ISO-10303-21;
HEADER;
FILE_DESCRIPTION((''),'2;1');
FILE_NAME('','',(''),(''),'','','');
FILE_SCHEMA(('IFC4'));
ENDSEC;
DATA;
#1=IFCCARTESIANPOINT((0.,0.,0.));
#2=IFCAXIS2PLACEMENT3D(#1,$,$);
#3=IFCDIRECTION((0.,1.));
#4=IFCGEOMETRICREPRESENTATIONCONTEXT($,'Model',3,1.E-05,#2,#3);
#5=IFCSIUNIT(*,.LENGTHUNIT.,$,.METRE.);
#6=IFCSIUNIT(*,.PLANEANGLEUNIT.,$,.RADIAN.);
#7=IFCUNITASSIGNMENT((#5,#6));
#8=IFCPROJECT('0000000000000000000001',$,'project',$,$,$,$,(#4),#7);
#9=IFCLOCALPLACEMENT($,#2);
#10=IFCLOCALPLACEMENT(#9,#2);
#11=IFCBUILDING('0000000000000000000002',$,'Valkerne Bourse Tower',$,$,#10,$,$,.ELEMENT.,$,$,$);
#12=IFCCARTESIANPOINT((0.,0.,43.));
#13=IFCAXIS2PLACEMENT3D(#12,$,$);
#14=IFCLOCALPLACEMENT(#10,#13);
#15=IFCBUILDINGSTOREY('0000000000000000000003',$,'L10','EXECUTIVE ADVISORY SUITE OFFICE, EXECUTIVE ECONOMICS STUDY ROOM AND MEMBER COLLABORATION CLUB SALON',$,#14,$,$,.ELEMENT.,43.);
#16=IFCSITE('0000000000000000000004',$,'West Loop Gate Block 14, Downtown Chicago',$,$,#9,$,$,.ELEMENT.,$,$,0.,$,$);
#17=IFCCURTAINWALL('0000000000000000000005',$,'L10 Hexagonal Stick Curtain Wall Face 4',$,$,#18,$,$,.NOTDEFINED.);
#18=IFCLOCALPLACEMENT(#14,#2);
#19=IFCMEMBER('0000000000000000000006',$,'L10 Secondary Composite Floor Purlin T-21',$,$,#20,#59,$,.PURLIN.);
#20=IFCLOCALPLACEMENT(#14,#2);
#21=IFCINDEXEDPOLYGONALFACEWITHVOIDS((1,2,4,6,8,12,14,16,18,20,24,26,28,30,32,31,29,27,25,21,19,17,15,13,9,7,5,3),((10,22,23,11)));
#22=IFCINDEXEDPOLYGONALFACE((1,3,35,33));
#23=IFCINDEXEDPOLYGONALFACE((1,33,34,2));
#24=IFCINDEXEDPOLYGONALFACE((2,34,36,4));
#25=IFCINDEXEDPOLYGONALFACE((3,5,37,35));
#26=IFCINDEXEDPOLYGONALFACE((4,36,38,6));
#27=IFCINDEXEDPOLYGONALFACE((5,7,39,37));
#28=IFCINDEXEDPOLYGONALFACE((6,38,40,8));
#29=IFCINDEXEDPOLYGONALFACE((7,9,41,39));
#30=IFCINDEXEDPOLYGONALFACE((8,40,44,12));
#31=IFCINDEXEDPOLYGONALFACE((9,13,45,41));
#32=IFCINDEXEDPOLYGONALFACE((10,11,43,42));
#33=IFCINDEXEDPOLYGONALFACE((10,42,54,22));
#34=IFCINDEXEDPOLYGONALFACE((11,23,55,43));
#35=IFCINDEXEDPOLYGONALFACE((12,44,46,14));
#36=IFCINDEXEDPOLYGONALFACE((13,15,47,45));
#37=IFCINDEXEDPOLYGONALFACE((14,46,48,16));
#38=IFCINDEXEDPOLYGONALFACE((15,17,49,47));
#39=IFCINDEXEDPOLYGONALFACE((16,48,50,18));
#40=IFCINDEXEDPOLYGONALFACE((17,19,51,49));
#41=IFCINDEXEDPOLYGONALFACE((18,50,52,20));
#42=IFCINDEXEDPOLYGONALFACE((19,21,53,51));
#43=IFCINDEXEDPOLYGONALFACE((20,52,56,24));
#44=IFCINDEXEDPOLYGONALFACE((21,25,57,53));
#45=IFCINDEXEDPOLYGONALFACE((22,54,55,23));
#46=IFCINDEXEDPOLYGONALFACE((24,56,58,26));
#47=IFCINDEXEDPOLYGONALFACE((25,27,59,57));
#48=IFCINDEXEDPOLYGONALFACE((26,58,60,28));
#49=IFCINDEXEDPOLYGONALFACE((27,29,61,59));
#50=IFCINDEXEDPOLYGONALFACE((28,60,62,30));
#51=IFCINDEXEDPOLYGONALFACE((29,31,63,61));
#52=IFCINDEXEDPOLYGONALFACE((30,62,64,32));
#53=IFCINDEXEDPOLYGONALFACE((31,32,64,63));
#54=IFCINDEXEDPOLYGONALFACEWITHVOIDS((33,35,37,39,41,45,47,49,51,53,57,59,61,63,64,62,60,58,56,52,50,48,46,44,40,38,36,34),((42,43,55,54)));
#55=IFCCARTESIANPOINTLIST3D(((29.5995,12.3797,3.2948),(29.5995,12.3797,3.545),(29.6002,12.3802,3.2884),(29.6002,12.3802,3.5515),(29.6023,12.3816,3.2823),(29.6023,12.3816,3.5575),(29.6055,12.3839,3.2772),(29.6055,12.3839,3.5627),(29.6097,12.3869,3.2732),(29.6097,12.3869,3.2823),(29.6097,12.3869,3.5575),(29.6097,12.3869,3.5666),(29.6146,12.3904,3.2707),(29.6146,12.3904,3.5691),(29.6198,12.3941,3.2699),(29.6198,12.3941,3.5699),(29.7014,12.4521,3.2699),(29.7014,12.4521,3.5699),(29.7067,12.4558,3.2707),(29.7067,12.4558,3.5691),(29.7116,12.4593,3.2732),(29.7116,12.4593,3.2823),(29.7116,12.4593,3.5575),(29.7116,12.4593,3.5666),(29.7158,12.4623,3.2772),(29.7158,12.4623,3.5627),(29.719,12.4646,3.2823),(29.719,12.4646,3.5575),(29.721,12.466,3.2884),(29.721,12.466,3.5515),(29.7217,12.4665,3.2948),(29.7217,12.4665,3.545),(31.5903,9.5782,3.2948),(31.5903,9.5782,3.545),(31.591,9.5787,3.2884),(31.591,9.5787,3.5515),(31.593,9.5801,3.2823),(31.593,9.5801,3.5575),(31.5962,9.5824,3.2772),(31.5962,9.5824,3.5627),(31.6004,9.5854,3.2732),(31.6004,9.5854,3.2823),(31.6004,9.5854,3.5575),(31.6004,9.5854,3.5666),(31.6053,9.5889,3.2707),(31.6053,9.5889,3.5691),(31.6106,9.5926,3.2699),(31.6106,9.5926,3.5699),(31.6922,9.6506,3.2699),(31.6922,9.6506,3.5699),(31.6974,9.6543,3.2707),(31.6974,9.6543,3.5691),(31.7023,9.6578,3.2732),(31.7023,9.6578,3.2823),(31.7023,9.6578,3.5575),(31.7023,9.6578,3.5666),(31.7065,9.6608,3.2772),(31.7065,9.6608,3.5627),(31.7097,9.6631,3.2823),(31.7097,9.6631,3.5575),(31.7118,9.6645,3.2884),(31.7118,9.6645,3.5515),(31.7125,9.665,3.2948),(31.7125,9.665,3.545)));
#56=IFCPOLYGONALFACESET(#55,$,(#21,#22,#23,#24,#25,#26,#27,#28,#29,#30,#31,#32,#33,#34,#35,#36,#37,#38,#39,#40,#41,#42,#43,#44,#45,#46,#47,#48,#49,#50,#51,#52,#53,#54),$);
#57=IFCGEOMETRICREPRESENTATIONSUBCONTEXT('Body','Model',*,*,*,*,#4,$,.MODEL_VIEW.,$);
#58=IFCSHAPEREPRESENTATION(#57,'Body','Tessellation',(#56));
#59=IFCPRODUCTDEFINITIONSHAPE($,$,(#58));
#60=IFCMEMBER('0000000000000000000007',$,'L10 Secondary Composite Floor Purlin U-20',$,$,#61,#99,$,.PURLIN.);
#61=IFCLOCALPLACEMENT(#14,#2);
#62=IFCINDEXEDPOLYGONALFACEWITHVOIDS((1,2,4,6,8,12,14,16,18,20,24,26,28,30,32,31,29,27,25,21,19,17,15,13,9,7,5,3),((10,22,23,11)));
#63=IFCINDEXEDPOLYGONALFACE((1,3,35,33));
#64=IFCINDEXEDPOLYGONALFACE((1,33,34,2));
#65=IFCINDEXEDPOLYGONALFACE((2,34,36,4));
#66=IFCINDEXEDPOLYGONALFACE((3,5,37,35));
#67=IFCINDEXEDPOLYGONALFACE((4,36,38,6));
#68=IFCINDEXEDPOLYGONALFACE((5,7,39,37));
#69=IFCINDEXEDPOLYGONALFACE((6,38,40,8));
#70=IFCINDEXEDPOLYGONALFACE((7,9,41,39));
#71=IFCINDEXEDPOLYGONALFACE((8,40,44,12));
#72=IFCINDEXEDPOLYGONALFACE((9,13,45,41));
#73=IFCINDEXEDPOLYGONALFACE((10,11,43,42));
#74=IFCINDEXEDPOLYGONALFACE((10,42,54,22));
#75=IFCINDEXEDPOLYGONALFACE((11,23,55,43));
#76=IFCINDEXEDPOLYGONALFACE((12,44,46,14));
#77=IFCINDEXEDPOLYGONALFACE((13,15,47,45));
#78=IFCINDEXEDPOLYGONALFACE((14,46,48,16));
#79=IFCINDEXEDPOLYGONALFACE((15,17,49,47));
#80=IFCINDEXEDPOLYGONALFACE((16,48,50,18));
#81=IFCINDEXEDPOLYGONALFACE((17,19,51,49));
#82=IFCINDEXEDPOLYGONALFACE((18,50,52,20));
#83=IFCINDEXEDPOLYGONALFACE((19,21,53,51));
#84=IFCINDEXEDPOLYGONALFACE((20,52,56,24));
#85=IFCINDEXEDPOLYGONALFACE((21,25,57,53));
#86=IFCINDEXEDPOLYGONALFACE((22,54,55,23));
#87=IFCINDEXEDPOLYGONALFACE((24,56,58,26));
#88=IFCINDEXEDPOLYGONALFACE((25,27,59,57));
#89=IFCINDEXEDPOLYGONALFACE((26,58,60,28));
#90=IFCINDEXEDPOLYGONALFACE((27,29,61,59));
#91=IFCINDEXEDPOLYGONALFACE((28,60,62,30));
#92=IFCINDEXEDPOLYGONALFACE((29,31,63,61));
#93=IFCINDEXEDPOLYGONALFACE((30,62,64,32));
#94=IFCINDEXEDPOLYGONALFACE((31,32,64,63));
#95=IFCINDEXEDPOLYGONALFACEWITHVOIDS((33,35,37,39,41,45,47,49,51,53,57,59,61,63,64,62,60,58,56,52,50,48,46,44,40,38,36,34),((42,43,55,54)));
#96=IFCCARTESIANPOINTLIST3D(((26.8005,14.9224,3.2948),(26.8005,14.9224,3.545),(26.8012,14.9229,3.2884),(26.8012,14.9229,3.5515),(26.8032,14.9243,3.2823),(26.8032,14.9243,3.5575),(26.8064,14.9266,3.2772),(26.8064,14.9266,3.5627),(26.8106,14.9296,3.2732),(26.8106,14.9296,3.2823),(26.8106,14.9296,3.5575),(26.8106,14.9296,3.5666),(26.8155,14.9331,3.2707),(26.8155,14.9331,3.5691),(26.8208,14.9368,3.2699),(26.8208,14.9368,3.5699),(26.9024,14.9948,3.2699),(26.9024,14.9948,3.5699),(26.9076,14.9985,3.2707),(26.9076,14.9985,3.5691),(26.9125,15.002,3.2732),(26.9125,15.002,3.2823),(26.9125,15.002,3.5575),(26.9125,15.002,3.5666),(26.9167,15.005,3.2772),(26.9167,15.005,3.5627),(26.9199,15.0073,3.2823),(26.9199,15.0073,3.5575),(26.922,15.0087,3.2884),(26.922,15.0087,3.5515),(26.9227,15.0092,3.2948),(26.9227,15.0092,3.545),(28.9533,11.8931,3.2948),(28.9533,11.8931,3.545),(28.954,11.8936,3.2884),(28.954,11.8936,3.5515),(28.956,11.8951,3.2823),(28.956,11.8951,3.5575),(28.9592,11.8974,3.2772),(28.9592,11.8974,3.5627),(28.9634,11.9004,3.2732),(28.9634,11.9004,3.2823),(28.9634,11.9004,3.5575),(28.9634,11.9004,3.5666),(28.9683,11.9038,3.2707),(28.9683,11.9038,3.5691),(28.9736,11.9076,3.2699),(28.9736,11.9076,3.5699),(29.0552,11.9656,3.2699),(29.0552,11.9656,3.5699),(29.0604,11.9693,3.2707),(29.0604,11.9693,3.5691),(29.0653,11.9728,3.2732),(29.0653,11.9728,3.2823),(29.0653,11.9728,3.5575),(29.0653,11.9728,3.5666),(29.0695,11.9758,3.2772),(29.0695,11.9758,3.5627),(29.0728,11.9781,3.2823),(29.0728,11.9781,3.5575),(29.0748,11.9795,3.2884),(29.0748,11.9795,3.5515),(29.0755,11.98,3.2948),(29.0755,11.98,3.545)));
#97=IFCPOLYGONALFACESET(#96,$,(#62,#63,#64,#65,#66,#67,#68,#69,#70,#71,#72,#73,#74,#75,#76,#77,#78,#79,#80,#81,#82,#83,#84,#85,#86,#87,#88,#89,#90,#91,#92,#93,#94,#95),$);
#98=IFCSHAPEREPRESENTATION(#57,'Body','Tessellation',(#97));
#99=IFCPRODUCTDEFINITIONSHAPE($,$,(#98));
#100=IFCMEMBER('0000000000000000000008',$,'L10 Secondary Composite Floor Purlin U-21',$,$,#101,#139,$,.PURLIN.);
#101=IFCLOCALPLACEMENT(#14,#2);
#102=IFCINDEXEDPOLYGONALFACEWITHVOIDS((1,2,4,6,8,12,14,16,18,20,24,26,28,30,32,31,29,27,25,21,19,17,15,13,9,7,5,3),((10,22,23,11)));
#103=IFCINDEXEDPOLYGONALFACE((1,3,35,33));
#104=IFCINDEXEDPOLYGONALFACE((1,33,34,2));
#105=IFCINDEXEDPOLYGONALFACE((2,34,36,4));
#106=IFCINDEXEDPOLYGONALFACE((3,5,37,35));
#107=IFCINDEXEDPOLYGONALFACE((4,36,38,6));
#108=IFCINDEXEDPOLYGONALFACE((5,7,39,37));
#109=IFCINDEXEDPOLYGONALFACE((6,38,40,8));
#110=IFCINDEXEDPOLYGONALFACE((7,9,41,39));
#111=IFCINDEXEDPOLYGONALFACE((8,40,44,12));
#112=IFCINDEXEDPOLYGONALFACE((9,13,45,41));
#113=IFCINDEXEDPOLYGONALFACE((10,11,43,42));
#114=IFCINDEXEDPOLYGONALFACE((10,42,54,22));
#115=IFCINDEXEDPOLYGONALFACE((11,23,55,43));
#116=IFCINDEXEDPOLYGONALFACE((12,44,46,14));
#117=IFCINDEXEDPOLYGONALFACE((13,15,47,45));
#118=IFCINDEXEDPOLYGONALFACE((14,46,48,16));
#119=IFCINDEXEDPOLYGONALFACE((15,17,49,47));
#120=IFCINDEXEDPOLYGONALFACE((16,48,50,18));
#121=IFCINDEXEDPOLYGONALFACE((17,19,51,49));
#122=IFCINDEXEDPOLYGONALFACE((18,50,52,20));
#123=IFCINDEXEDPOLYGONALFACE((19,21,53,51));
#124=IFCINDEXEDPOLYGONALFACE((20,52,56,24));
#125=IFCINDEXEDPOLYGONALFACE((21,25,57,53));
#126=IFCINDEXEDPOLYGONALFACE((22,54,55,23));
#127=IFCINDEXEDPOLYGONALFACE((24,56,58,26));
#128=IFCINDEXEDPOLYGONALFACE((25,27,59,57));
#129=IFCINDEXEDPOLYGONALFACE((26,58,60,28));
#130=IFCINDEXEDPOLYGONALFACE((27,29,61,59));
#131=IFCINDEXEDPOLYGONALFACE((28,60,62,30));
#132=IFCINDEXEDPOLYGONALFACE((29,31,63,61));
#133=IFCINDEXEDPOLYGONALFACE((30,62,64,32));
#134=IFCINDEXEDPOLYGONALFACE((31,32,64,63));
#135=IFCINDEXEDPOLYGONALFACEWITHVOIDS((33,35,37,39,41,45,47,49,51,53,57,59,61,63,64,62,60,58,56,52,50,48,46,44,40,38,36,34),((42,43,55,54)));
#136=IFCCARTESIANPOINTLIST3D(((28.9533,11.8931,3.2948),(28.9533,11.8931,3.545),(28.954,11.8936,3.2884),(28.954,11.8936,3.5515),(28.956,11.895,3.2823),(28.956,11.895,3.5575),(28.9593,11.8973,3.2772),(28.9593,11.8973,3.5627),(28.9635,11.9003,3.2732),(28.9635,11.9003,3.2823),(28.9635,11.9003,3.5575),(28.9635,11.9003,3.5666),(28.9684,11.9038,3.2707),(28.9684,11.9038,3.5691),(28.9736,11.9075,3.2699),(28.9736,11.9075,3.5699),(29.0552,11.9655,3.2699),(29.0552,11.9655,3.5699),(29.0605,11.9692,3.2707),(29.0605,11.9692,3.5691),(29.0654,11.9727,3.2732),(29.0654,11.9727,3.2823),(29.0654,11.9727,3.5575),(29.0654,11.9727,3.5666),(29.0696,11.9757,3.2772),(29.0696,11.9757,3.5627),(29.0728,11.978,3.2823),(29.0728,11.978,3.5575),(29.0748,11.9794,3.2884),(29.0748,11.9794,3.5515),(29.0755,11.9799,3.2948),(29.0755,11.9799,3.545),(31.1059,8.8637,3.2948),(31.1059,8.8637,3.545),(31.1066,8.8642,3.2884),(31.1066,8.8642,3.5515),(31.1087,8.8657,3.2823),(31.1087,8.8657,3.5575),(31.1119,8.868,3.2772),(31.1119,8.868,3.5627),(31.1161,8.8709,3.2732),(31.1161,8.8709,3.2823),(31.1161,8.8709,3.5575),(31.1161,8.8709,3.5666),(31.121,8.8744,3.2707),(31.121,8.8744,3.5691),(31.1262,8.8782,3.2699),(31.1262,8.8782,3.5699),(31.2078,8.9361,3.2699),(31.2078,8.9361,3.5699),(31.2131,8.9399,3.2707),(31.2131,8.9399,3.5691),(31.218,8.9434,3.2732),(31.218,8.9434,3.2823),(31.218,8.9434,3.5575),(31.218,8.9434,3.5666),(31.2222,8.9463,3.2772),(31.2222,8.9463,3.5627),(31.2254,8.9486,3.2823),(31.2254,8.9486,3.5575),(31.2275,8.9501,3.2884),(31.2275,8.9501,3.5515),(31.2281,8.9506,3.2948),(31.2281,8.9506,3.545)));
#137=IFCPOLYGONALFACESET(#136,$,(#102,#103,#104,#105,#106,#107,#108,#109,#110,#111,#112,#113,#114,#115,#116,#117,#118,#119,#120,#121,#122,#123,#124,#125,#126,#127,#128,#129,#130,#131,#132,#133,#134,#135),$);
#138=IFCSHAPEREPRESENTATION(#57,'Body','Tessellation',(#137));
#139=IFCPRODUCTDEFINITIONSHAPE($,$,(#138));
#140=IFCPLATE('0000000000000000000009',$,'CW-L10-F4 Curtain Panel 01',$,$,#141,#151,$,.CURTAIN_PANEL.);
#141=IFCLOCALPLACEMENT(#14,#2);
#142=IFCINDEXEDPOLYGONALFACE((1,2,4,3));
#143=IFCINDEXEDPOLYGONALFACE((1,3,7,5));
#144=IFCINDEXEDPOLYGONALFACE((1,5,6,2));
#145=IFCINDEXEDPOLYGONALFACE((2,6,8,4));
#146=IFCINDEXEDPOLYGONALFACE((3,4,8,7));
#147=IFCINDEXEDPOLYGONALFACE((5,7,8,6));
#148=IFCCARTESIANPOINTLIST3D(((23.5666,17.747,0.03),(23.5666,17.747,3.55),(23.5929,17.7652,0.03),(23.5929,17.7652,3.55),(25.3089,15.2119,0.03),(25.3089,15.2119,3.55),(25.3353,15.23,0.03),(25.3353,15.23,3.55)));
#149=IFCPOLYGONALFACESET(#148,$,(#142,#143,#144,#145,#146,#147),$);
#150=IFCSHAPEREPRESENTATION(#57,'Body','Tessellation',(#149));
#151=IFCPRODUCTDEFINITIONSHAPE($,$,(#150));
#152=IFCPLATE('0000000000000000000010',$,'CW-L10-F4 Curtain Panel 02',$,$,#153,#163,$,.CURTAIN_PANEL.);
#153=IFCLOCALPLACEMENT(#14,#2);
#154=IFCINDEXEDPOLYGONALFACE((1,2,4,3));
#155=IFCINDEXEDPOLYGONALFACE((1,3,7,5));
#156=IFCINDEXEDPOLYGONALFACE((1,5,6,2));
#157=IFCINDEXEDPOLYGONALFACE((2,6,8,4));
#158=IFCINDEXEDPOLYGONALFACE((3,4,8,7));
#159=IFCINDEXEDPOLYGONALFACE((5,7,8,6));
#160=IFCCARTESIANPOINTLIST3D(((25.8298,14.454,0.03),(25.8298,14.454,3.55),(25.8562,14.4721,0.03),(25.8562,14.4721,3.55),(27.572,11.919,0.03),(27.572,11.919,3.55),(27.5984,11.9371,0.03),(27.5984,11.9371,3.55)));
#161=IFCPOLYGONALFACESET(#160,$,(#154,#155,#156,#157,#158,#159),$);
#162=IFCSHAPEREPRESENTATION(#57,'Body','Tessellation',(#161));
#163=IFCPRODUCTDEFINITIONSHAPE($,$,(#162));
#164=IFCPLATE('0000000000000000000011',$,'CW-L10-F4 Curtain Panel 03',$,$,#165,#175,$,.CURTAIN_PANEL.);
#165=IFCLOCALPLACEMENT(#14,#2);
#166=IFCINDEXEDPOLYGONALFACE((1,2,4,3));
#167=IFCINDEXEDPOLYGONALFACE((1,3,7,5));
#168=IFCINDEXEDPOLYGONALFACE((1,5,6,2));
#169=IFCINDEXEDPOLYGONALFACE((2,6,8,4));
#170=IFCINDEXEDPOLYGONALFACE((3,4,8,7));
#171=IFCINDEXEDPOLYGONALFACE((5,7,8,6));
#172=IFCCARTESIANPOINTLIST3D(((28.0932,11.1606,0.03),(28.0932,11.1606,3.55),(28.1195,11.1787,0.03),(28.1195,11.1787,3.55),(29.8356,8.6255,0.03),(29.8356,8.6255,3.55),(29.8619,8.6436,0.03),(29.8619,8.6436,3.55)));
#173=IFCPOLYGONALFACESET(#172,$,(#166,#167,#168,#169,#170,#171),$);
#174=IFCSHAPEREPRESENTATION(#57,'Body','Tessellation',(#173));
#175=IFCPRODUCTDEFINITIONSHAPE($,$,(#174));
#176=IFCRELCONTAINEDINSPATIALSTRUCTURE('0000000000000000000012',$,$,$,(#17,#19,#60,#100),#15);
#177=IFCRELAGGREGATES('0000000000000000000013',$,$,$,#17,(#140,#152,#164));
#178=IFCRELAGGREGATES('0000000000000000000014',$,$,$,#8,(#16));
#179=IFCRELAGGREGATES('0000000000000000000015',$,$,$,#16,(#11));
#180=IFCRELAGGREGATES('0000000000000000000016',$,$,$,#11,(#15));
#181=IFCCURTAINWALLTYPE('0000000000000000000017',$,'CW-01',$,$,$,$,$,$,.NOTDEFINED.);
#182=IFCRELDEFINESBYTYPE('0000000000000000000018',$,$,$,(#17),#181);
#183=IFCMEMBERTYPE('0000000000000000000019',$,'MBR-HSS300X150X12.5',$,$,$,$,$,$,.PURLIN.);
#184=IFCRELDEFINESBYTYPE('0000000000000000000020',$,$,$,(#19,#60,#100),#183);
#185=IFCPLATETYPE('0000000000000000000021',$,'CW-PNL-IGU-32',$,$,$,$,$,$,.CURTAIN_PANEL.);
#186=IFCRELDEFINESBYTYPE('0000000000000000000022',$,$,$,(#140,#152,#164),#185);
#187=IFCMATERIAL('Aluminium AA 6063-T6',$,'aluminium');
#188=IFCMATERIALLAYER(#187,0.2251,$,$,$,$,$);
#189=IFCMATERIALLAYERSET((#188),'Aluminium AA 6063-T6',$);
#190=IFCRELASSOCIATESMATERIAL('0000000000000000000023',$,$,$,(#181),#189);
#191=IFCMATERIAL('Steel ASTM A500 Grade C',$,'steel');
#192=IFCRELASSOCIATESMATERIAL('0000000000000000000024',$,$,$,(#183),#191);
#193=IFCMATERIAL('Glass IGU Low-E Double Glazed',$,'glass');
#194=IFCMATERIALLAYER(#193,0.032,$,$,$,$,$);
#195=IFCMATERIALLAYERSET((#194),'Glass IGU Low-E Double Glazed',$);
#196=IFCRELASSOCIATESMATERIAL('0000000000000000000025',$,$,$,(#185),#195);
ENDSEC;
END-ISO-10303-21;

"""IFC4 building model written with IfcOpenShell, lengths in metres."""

from ifc_helpers import new_model, si_unit, direction, frame, origin, origin_2d, place, context, subcontext, project, spatial, rectangle, hollow_rectangle, extrude, material, layer, layer_set, material_profile, profile_set, type_object, element, aggregate, save


model = new_model("IFC4")

# Units and contexts
model_context = context("Model", 3, precision=1e-05, world=origin(), true_north=direction((0.0, 1.0)))
body_context = subcontext(model_context, "Body", "Model", "MODEL_VIEW")
ifc_project = project(units=[si_unit("LENGTHUNIT", "METRE"), si_unit("PLANEANGLEUNIT", "RADIAN")], contexts=[model_context])

# Site, building, storey
site_placement = place(None, origin())
site = spatial("IfcSite", under=ifc_project, at=site_placement, Name="West Loop Gate Block 14, Downtown Chicago", CompositionType="ELEMENT", RefElevation=0.0)
building_placement = place(site_placement, origin())
building = spatial("IfcBuilding", under=site, at=building_placement, Name="Valkerne Bourse Tower", CompositionType="ELEMENT")
storey_placement = place(building_placement, frame((0.0, 0.0, 43.0)))
storey = spatial("IfcBuildingStorey", under=building, at=storey_placement, Name="L10", Description="EXECUTIVE ADVISORY SUITE OFFICE, EXECUTIVE ECONOMICS STUDY ROOM AND MEMBER COLLABORATION CLUB SALON", CompositionType="ELEMENT", Elevation=43.0)

# Curtain wall
ifc_material_1 = material(Name="Aluminium AA 6063-T6", Category="aluminium")
ifc_layer_1 = layer(ifc_material_1, 0.2251)
ifc_layer_set_1 = layer_set([ifc_layer_1], Name="Aluminium AA 6063-T6")
curtain_wall_type = type_object("IfcCurtainWallType", Name="CW-01", PredefinedType="NOTDEFINED", material=ifc_layer_set_1)
curtain_wall_placement = place(storey_placement, origin())
curtain_wall = element("IfcCurtainWall", 1, at=curtain_wall_placement, inside=storey, type_object=curtain_wall_type, Name="L10 Hexagonal Stick Curtain Wall Face 4", PredefinedType="NOTDEFINED")

# Members
ifc_material_2 = material(Name="Steel ASTM A500 Grade C", Category="steel")
ifc_material_profile_1 = material_profile(ifc_material_2, hollow_rectangle(XDim=0.1499, YDim=0.3, WallThickness=0.0125, OuterFilletRadius=0.0249, at=origin_2d()), Name="HSS300X150X12.5")
ifc_profile_set_1 = profile_set([ifc_material_profile_1], Name="Steel ASTM A500 Grade C")
member_type_1 = type_object("IfcMemberType", Name="MBR-HSS300X150X12.5", PredefinedType="PURLIN", material=ifc_profile_set_1)
member_1_placement = place(storey_placement, frame((29.6606, 12.4231, 3.4199), z_axis=(0.579241, -0.815157, 0.0), x_axis=(0.815157, 0.579241, 0.0)))
element("IfcMember", 2, at=member_1_placement, inside=storey, type_object=member_type_1, Name="L10 Secondary Composite Floor Purlin T-21", PredefinedType="PURLIN", context=body_context, shape_type="SweptSolid", body=[
    extrude(hollow_rectangle(XDim=0.1499, YDim=0.3, WallThickness=0.0125, OuterFilletRadius=0.0249, at=origin_2d()), origin(), (0.0, 0.0, 1.0), 3.4368),
])
for number, where, z_axis, x_axis, name in (
    (3, (26.8616, 14.9658, 3.4199), (0.579285, -0.815125, 0.0), (0.815125, 0.579285, 0.0), "L10 Secondary Composite Floor Purlin U-20"),
    (4, (29.0144, 11.9365, 3.4199), (0.579242, -0.815156, 0.0), (0.815156, 0.579242, 0.0), "L10 Secondary Composite Floor Purlin U-21"),
):
    element("IfcMember", number, at=place(storey_placement, frame(where, z_axis=z_axis, x_axis=x_axis)), inside=storey, type_object=member_type_1, Name=name, PredefinedType="PURLIN", context=body_context, shape_type="SweptSolid", body=[
        extrude(hollow_rectangle(XDim=0.1499, YDim=0.3, WallThickness=0.0125, OuterFilletRadius=0.0249, at=origin_2d()), origin(), (0.0, 0.0, 1.0), 3.7163),
    ])

# Plates
ifc_material_3 = material(Name="Glass IGU Low-E Double Glazed", Category="glass")
ifc_layer_2 = layer(ifc_material_3, 0.032)
ifc_layer_set_2 = layer_set([ifc_layer_2], Name="Glass IGU Low-E Double Glazed")
plate_type = type_object("IfcPlateType", Name="CW-PNL-IGU-32", PredefinedType="CURTAIN_PANEL", material=ifc_layer_set_2)
plate_1_placement = place(storey_placement, frame((24.4509, 16.4885, 0.03), z_axis=(0.0, 0.0, 1.0), x_axis=(0.566414, -0.824121, 0.0)))
plate_1 = element("IfcPlate", 5, at=plate_1_placement, type_object=plate_type, Name="CW-L10-F4 Curtain Panel 01", PredefinedType="CURTAIN_PANEL", context=body_context, shape_type="SweptSolid", body=[
    extrude(rectangle(XDim=3.0762, YDim=0.032, at=origin_2d()), origin(), (0.0, 0.0, 1.0), 3.52),
])
plate_2_placement = place(storey_placement, frame((26.7141, 13.1956, 0.03), z_axis=(0.0, 0.0, 1.0), x_axis=(0.566397, -0.824132, 0.0)))
plate_2 = element("IfcPlate", 6, at=plate_2_placement, type_object=plate_type, Name="CW-L10-F4 Curtain Panel 02", PredefinedType="CURTAIN_PANEL", context=body_context, shape_type="SweptSolid", body=[
    extrude(rectangle(XDim=3.0759, YDim=0.032, at=origin_2d()), origin(), (0.0, 0.0, 1.0), 3.52),
])
plate_3_placement = place(storey_placement, frame((28.9775, 9.9021, 0.03), z_axis=(0.0, 0.0, 1.0), x_axis=(0.566414, -0.824121, 0.0)))
plate_3 = element("IfcPlate", 7, at=plate_3_placement, type_object=plate_type, Name="CW-L10-F4 Curtain Panel 03", PredefinedType="CURTAIN_PANEL", context=body_context, shape_type="SweptSolid", body=[
    extrude(rectangle(XDim=3.0762, YDim=0.032, at=origin_2d()), origin(), (0.0, 0.0, 1.0), 3.52),
])
aggregate(curtain_wall, [plate_1, plate_2, plate_3])

save(model, "model.ifc")
